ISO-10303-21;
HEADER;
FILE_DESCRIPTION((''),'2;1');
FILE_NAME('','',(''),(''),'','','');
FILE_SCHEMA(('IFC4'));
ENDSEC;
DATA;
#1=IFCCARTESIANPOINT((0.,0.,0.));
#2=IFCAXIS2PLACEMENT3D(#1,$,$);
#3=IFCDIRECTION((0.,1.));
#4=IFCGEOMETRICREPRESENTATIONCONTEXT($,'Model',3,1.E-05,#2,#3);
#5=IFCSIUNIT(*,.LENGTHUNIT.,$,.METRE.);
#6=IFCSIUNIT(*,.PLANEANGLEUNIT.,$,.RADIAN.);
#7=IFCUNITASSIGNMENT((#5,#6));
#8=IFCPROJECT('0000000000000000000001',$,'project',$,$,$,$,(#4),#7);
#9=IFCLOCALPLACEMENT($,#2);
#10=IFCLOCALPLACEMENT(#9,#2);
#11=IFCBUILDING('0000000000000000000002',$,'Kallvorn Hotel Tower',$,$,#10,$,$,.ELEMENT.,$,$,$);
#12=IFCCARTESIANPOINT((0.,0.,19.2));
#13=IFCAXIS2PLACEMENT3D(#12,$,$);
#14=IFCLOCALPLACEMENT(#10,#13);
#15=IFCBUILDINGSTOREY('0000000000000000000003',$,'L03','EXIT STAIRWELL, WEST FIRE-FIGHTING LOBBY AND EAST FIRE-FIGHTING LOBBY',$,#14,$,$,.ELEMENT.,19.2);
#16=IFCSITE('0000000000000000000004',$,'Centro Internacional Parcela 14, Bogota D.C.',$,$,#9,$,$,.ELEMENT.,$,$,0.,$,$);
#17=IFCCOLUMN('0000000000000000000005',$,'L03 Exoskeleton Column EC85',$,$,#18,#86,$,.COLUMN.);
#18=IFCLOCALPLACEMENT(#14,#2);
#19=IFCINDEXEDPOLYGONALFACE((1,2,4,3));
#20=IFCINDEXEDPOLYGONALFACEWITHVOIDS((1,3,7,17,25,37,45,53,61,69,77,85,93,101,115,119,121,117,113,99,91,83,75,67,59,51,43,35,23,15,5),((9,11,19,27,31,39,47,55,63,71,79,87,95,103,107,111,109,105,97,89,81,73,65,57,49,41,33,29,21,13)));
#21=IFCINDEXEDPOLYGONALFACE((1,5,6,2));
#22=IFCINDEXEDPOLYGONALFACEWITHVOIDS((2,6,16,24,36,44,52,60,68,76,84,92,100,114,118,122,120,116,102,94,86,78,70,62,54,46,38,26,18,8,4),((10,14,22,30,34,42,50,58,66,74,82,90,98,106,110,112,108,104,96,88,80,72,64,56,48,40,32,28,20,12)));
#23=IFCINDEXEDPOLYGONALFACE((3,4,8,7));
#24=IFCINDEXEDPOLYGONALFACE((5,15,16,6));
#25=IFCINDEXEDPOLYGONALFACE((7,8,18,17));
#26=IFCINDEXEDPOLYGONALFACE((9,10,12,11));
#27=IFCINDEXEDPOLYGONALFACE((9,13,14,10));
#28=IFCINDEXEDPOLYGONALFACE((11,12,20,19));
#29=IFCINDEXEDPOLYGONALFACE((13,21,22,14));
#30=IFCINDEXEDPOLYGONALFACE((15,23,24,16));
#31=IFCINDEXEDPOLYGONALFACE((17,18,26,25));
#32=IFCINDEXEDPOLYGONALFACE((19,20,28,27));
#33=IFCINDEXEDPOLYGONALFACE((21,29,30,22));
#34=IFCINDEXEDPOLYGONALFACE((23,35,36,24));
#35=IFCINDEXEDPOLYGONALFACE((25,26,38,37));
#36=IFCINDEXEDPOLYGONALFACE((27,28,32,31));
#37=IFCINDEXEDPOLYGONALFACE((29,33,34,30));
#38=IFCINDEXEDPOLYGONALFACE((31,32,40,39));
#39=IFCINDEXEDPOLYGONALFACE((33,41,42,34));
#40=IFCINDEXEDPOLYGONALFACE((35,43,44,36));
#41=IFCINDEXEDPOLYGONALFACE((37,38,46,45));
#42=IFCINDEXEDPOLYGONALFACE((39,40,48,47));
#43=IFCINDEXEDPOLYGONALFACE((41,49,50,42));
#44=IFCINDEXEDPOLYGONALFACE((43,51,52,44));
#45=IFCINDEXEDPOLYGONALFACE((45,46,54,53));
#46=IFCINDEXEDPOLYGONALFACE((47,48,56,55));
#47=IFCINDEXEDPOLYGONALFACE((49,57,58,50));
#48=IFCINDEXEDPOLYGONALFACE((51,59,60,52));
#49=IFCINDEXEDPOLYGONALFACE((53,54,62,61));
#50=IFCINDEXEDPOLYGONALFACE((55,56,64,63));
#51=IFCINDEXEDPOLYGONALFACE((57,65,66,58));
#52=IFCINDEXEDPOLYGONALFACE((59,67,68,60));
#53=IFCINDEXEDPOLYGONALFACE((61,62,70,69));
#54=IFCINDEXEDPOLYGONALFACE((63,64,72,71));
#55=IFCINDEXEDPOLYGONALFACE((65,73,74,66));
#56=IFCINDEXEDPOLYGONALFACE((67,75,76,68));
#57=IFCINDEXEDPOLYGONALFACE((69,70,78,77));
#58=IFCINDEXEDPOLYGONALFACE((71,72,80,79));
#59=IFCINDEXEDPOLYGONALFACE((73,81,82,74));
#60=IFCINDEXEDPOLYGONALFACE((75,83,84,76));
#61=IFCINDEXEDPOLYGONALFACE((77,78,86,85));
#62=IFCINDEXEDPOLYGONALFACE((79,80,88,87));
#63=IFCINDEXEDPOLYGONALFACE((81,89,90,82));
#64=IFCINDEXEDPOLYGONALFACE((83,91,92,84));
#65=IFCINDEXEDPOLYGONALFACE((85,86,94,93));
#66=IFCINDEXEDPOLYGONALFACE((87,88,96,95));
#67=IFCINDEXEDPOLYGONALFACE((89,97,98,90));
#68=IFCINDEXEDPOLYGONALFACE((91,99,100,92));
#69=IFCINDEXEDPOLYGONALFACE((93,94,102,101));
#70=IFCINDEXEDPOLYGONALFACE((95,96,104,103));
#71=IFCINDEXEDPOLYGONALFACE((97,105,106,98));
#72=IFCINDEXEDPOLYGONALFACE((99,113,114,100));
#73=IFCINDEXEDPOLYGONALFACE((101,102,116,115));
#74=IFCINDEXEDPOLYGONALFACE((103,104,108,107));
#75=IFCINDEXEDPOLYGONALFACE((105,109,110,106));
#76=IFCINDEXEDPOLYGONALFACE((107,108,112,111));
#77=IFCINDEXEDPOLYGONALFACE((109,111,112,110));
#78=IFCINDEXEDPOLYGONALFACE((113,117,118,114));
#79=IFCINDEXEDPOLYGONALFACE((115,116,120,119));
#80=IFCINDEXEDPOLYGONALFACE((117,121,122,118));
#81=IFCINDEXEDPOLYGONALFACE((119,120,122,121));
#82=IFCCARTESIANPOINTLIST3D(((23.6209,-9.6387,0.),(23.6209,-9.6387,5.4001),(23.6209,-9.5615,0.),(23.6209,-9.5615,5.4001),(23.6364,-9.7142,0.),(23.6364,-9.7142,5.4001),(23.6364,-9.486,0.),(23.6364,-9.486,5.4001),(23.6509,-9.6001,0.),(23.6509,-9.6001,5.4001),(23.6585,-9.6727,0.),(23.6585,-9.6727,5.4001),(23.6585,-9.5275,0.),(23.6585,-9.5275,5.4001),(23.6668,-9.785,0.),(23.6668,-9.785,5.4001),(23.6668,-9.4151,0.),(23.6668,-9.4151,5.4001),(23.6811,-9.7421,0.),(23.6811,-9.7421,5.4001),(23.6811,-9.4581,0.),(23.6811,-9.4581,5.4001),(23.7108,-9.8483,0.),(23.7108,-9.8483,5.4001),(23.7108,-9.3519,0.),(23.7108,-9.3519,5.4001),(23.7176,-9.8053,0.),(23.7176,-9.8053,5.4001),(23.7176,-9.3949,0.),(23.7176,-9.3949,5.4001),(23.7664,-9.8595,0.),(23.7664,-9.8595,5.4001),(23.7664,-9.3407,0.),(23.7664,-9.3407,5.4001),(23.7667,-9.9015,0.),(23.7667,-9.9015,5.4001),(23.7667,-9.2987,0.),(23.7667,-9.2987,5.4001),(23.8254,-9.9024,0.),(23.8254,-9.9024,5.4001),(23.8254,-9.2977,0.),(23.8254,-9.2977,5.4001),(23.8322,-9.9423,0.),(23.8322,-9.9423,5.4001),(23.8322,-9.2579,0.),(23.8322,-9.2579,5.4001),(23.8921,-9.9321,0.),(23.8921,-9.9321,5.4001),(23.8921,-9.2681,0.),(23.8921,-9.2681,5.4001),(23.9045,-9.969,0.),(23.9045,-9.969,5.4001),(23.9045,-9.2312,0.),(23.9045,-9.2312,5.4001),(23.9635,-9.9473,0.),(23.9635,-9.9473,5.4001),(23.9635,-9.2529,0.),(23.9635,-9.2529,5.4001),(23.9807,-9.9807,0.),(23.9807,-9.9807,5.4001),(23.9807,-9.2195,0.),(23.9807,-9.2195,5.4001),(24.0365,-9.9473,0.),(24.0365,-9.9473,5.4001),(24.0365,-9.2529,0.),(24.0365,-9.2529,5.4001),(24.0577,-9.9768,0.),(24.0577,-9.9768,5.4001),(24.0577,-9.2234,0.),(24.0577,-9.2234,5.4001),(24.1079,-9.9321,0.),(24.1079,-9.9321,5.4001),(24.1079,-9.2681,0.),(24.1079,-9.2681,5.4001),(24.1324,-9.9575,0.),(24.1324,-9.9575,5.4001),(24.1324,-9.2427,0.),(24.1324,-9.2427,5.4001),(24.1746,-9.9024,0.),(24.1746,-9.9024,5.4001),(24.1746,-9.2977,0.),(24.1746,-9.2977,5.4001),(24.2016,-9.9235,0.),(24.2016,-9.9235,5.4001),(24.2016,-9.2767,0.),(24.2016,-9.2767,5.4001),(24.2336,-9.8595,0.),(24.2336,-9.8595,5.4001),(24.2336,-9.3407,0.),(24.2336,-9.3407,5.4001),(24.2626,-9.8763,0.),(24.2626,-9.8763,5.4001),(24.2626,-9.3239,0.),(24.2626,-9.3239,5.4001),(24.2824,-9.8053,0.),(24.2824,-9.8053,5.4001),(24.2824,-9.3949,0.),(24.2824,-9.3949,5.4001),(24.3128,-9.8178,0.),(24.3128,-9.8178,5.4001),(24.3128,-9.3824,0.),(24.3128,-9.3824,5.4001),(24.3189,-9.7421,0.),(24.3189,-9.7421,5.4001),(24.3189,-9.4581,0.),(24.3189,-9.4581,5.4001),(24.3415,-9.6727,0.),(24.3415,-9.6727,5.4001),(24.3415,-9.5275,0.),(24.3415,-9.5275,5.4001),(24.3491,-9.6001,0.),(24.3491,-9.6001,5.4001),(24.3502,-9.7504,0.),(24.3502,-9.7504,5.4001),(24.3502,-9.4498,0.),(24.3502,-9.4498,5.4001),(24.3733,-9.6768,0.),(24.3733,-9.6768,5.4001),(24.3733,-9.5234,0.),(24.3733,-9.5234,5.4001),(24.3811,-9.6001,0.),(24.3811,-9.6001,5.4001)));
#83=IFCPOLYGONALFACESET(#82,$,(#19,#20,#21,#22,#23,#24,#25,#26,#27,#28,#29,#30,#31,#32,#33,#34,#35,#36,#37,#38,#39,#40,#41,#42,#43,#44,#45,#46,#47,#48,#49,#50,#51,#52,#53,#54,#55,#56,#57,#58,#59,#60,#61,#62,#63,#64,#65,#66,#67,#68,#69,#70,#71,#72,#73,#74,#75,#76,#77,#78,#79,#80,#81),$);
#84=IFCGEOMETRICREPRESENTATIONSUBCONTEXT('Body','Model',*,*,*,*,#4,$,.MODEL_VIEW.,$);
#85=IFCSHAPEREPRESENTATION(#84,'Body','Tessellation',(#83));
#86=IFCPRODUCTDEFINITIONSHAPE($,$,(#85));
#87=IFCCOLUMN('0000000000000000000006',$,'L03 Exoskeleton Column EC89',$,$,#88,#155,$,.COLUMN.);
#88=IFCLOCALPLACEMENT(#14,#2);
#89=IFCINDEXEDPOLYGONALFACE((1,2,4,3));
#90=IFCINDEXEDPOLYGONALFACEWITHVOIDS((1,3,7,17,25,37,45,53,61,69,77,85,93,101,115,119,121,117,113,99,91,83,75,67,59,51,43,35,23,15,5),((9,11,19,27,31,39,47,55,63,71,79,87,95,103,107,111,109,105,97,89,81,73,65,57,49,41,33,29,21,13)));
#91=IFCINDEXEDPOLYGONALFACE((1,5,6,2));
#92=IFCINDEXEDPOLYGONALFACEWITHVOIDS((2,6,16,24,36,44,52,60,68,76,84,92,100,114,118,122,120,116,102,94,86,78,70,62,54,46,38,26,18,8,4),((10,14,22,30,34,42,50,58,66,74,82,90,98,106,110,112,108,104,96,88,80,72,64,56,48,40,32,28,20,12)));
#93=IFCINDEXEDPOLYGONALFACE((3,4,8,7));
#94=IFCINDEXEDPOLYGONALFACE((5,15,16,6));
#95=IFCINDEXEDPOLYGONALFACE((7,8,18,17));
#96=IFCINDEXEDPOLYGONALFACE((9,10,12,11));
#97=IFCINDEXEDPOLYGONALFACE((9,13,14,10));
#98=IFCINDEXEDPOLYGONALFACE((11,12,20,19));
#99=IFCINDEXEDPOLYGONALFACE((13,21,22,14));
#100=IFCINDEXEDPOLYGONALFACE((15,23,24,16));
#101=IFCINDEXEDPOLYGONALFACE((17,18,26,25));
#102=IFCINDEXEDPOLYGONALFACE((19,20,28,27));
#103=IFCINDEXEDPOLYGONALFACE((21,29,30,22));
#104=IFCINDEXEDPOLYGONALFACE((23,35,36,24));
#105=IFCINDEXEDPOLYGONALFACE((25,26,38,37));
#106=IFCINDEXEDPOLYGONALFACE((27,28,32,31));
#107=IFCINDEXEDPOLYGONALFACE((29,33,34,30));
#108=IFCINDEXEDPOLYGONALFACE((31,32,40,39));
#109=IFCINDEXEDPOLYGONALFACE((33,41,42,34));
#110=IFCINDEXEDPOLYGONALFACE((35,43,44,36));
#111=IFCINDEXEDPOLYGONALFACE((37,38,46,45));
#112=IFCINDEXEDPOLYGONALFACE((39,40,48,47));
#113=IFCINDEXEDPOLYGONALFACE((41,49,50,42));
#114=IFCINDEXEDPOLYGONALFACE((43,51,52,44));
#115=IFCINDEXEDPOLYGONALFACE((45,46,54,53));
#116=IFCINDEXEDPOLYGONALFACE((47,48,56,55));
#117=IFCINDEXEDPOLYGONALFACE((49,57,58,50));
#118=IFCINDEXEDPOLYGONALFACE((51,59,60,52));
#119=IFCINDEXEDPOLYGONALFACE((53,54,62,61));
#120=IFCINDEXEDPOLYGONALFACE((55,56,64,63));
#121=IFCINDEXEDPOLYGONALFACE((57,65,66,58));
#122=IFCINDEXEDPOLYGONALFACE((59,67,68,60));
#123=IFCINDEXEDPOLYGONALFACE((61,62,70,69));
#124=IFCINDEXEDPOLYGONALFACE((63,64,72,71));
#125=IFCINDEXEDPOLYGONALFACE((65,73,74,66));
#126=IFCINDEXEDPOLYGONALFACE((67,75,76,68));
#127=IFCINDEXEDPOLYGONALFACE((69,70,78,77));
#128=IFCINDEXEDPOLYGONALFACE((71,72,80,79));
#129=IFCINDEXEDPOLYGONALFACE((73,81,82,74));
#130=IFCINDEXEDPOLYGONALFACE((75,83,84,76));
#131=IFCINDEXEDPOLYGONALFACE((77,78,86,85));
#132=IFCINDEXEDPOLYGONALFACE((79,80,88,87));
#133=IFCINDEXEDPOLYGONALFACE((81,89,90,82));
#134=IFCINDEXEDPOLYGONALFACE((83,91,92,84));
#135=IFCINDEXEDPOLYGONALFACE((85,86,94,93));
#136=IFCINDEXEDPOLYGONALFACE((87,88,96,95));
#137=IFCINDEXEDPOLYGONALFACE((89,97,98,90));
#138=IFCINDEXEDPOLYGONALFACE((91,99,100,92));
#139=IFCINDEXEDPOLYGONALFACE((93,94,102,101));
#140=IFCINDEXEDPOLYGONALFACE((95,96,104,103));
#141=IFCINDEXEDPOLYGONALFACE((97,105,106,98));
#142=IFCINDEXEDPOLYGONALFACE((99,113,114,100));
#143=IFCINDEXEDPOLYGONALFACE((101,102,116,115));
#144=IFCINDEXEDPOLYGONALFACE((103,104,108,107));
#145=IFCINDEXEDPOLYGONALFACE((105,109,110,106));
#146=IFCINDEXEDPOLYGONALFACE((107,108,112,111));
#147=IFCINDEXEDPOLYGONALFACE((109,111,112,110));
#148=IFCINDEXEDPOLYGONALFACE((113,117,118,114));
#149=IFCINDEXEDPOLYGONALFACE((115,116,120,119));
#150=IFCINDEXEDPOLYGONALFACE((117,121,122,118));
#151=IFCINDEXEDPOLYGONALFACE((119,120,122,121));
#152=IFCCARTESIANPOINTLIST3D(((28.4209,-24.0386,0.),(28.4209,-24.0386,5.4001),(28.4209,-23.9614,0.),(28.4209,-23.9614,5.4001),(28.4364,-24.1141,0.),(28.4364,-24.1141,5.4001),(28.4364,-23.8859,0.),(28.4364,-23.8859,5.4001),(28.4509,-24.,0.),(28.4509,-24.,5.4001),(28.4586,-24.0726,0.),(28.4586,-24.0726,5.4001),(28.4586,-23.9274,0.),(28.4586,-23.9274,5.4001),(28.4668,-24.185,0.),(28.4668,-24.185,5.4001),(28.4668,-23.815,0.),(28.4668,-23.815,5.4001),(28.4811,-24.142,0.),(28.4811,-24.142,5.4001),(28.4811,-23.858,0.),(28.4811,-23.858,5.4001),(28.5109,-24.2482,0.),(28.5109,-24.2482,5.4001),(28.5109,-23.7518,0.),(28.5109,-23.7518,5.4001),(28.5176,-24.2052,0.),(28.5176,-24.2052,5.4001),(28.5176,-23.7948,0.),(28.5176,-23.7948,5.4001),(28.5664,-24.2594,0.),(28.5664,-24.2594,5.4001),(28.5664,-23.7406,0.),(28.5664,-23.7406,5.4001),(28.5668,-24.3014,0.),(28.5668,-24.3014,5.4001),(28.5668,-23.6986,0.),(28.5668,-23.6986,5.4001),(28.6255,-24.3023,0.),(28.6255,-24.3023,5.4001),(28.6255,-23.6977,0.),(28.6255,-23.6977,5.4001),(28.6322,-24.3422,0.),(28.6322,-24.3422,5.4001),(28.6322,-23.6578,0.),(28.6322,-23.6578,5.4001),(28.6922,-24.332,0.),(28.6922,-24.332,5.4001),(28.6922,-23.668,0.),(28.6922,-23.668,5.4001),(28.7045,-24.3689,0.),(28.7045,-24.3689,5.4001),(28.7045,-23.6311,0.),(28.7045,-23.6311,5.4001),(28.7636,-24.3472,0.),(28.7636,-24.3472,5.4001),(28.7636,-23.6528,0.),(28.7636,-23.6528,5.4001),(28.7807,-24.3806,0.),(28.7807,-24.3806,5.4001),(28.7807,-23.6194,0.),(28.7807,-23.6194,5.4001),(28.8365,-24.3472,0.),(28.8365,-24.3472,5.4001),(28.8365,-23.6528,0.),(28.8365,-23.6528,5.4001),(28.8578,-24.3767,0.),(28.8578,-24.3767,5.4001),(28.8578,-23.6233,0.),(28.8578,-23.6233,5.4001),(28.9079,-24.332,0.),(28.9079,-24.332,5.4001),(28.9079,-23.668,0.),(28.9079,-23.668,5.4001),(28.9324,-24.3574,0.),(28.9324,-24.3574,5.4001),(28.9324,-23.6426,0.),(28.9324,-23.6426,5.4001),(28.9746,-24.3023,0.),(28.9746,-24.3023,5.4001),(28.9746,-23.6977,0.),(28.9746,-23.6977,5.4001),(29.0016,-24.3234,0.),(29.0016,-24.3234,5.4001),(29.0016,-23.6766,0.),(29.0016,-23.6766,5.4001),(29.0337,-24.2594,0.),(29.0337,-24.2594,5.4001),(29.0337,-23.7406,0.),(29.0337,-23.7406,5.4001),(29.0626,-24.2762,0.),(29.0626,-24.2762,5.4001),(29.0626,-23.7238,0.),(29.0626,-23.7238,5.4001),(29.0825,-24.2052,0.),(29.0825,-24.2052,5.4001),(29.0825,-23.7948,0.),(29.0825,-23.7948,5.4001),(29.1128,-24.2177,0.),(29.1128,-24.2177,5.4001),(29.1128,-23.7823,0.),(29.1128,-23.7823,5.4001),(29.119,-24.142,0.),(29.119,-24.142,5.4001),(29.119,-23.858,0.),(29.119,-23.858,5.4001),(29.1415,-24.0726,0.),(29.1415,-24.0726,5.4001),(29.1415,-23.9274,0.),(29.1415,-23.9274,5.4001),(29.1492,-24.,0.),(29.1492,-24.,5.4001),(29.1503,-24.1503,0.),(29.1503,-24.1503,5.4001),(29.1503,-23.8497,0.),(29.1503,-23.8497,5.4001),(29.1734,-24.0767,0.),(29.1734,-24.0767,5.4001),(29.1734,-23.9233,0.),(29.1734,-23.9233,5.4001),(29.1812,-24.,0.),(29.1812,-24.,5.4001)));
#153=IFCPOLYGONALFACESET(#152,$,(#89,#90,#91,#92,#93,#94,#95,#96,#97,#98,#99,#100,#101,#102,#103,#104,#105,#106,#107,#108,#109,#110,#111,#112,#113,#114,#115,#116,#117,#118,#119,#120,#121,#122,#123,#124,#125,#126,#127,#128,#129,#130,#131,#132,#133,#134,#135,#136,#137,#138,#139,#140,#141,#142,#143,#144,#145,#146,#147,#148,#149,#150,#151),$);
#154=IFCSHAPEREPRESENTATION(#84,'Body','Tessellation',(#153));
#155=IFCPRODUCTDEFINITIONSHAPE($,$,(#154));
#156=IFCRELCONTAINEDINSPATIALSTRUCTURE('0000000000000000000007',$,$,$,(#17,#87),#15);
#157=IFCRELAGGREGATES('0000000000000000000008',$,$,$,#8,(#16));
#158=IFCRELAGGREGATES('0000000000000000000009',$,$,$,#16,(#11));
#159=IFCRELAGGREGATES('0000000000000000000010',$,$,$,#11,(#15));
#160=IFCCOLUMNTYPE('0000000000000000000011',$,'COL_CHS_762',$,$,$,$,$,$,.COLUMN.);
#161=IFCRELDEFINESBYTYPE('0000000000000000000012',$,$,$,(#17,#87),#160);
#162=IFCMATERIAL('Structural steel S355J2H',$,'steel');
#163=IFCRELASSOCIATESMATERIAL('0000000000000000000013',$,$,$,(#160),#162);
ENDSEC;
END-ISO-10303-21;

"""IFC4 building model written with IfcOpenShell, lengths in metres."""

from ifc_helpers import new_model, si_unit, direction, frame, origin, origin_2d, place, context, subcontext, project, spatial, hollow_circle, extrude, material, material_profile, profile_set, type_object, element, save


model = new_model("IFC4")

# Units and contexts
model_context = context("Model", 3, precision=1e-05, world=origin(), true_north=direction((0.0, 1.0)))
body_context = subcontext(model_context, "Body", "Model", "MODEL_VIEW")
ifc_project = project(units=[si_unit("LENGTHUNIT", "METRE"), si_unit("PLANEANGLEUNIT", "RADIAN")], contexts=[model_context])

# Site, building, storey
site_placement = place(None, origin())
site = spatial("IfcSite", under=ifc_project, at=site_placement, Name="Centro Internacional Parcela 14, Bogota D.C.", CompositionType="ELEMENT", RefElevation=0.0)
building_placement = place(site_placement, origin())
building = spatial("IfcBuilding", under=site, at=building_placement, Name="Kallvorn Hotel Tower", CompositionType="ELEMENT")
storey_placement = place(building_placement, frame((0.0, 0.0, 19.2)))
storey = spatial("IfcBuildingStorey", under=building, at=storey_placement, Name="L03", Description="EXIT STAIRWELL, WEST FIRE-FIGHTING LOBBY AND EAST FIRE-FIGHTING LOBBY", CompositionType="ELEMENT", Elevation=19.2)

# Columns
ifc_material_1 = material(Name="Structural steel S355J2H", Category="steel")
ifc_material_profile_1 = material_profile(ifc_material_1, hollow_circle(Radius=0.3811, WallThickness=0.032, at=origin_2d()), Name="CHS 762x32")
ifc_profile_set_1 = profile_set([ifc_material_profile_1], Name="Structural steel S355J2H")
column_type_1 = type_object("IfcColumnType", Name="COL_CHS_762", PredefinedType="COLUMN", material=ifc_profile_set_1)
for number, where, z_axis, x_axis, name in (
    (1, (24.0, -9.6001, 0.0), (0.0, 0.0, 1.0), (1.0, 0.0, 0.0), "L03 Exoskeleton Column EC85"),
    (2, (28.8, -24.0, 0.0), (0.0, 0.0, 1.0), (1.0, 0.0, 0.0), "L03 Exoskeleton Column EC89"),
):
    element("IfcColumn", number, at=place(storey_placement, frame(where, z_axis=z_axis, x_axis=x_axis)), inside=storey, type_object=column_type_1, Name=name, PredefinedType="COLUMN", context=body_context, shape_type="SweptSolid", body=[
        extrude(hollow_circle(Radius=0.3811, WallThickness=0.032, at=origin_2d()), origin(), (0.0, 0.0, 1.0), 5.4001),
    ])

save(model, "model.ifc")
